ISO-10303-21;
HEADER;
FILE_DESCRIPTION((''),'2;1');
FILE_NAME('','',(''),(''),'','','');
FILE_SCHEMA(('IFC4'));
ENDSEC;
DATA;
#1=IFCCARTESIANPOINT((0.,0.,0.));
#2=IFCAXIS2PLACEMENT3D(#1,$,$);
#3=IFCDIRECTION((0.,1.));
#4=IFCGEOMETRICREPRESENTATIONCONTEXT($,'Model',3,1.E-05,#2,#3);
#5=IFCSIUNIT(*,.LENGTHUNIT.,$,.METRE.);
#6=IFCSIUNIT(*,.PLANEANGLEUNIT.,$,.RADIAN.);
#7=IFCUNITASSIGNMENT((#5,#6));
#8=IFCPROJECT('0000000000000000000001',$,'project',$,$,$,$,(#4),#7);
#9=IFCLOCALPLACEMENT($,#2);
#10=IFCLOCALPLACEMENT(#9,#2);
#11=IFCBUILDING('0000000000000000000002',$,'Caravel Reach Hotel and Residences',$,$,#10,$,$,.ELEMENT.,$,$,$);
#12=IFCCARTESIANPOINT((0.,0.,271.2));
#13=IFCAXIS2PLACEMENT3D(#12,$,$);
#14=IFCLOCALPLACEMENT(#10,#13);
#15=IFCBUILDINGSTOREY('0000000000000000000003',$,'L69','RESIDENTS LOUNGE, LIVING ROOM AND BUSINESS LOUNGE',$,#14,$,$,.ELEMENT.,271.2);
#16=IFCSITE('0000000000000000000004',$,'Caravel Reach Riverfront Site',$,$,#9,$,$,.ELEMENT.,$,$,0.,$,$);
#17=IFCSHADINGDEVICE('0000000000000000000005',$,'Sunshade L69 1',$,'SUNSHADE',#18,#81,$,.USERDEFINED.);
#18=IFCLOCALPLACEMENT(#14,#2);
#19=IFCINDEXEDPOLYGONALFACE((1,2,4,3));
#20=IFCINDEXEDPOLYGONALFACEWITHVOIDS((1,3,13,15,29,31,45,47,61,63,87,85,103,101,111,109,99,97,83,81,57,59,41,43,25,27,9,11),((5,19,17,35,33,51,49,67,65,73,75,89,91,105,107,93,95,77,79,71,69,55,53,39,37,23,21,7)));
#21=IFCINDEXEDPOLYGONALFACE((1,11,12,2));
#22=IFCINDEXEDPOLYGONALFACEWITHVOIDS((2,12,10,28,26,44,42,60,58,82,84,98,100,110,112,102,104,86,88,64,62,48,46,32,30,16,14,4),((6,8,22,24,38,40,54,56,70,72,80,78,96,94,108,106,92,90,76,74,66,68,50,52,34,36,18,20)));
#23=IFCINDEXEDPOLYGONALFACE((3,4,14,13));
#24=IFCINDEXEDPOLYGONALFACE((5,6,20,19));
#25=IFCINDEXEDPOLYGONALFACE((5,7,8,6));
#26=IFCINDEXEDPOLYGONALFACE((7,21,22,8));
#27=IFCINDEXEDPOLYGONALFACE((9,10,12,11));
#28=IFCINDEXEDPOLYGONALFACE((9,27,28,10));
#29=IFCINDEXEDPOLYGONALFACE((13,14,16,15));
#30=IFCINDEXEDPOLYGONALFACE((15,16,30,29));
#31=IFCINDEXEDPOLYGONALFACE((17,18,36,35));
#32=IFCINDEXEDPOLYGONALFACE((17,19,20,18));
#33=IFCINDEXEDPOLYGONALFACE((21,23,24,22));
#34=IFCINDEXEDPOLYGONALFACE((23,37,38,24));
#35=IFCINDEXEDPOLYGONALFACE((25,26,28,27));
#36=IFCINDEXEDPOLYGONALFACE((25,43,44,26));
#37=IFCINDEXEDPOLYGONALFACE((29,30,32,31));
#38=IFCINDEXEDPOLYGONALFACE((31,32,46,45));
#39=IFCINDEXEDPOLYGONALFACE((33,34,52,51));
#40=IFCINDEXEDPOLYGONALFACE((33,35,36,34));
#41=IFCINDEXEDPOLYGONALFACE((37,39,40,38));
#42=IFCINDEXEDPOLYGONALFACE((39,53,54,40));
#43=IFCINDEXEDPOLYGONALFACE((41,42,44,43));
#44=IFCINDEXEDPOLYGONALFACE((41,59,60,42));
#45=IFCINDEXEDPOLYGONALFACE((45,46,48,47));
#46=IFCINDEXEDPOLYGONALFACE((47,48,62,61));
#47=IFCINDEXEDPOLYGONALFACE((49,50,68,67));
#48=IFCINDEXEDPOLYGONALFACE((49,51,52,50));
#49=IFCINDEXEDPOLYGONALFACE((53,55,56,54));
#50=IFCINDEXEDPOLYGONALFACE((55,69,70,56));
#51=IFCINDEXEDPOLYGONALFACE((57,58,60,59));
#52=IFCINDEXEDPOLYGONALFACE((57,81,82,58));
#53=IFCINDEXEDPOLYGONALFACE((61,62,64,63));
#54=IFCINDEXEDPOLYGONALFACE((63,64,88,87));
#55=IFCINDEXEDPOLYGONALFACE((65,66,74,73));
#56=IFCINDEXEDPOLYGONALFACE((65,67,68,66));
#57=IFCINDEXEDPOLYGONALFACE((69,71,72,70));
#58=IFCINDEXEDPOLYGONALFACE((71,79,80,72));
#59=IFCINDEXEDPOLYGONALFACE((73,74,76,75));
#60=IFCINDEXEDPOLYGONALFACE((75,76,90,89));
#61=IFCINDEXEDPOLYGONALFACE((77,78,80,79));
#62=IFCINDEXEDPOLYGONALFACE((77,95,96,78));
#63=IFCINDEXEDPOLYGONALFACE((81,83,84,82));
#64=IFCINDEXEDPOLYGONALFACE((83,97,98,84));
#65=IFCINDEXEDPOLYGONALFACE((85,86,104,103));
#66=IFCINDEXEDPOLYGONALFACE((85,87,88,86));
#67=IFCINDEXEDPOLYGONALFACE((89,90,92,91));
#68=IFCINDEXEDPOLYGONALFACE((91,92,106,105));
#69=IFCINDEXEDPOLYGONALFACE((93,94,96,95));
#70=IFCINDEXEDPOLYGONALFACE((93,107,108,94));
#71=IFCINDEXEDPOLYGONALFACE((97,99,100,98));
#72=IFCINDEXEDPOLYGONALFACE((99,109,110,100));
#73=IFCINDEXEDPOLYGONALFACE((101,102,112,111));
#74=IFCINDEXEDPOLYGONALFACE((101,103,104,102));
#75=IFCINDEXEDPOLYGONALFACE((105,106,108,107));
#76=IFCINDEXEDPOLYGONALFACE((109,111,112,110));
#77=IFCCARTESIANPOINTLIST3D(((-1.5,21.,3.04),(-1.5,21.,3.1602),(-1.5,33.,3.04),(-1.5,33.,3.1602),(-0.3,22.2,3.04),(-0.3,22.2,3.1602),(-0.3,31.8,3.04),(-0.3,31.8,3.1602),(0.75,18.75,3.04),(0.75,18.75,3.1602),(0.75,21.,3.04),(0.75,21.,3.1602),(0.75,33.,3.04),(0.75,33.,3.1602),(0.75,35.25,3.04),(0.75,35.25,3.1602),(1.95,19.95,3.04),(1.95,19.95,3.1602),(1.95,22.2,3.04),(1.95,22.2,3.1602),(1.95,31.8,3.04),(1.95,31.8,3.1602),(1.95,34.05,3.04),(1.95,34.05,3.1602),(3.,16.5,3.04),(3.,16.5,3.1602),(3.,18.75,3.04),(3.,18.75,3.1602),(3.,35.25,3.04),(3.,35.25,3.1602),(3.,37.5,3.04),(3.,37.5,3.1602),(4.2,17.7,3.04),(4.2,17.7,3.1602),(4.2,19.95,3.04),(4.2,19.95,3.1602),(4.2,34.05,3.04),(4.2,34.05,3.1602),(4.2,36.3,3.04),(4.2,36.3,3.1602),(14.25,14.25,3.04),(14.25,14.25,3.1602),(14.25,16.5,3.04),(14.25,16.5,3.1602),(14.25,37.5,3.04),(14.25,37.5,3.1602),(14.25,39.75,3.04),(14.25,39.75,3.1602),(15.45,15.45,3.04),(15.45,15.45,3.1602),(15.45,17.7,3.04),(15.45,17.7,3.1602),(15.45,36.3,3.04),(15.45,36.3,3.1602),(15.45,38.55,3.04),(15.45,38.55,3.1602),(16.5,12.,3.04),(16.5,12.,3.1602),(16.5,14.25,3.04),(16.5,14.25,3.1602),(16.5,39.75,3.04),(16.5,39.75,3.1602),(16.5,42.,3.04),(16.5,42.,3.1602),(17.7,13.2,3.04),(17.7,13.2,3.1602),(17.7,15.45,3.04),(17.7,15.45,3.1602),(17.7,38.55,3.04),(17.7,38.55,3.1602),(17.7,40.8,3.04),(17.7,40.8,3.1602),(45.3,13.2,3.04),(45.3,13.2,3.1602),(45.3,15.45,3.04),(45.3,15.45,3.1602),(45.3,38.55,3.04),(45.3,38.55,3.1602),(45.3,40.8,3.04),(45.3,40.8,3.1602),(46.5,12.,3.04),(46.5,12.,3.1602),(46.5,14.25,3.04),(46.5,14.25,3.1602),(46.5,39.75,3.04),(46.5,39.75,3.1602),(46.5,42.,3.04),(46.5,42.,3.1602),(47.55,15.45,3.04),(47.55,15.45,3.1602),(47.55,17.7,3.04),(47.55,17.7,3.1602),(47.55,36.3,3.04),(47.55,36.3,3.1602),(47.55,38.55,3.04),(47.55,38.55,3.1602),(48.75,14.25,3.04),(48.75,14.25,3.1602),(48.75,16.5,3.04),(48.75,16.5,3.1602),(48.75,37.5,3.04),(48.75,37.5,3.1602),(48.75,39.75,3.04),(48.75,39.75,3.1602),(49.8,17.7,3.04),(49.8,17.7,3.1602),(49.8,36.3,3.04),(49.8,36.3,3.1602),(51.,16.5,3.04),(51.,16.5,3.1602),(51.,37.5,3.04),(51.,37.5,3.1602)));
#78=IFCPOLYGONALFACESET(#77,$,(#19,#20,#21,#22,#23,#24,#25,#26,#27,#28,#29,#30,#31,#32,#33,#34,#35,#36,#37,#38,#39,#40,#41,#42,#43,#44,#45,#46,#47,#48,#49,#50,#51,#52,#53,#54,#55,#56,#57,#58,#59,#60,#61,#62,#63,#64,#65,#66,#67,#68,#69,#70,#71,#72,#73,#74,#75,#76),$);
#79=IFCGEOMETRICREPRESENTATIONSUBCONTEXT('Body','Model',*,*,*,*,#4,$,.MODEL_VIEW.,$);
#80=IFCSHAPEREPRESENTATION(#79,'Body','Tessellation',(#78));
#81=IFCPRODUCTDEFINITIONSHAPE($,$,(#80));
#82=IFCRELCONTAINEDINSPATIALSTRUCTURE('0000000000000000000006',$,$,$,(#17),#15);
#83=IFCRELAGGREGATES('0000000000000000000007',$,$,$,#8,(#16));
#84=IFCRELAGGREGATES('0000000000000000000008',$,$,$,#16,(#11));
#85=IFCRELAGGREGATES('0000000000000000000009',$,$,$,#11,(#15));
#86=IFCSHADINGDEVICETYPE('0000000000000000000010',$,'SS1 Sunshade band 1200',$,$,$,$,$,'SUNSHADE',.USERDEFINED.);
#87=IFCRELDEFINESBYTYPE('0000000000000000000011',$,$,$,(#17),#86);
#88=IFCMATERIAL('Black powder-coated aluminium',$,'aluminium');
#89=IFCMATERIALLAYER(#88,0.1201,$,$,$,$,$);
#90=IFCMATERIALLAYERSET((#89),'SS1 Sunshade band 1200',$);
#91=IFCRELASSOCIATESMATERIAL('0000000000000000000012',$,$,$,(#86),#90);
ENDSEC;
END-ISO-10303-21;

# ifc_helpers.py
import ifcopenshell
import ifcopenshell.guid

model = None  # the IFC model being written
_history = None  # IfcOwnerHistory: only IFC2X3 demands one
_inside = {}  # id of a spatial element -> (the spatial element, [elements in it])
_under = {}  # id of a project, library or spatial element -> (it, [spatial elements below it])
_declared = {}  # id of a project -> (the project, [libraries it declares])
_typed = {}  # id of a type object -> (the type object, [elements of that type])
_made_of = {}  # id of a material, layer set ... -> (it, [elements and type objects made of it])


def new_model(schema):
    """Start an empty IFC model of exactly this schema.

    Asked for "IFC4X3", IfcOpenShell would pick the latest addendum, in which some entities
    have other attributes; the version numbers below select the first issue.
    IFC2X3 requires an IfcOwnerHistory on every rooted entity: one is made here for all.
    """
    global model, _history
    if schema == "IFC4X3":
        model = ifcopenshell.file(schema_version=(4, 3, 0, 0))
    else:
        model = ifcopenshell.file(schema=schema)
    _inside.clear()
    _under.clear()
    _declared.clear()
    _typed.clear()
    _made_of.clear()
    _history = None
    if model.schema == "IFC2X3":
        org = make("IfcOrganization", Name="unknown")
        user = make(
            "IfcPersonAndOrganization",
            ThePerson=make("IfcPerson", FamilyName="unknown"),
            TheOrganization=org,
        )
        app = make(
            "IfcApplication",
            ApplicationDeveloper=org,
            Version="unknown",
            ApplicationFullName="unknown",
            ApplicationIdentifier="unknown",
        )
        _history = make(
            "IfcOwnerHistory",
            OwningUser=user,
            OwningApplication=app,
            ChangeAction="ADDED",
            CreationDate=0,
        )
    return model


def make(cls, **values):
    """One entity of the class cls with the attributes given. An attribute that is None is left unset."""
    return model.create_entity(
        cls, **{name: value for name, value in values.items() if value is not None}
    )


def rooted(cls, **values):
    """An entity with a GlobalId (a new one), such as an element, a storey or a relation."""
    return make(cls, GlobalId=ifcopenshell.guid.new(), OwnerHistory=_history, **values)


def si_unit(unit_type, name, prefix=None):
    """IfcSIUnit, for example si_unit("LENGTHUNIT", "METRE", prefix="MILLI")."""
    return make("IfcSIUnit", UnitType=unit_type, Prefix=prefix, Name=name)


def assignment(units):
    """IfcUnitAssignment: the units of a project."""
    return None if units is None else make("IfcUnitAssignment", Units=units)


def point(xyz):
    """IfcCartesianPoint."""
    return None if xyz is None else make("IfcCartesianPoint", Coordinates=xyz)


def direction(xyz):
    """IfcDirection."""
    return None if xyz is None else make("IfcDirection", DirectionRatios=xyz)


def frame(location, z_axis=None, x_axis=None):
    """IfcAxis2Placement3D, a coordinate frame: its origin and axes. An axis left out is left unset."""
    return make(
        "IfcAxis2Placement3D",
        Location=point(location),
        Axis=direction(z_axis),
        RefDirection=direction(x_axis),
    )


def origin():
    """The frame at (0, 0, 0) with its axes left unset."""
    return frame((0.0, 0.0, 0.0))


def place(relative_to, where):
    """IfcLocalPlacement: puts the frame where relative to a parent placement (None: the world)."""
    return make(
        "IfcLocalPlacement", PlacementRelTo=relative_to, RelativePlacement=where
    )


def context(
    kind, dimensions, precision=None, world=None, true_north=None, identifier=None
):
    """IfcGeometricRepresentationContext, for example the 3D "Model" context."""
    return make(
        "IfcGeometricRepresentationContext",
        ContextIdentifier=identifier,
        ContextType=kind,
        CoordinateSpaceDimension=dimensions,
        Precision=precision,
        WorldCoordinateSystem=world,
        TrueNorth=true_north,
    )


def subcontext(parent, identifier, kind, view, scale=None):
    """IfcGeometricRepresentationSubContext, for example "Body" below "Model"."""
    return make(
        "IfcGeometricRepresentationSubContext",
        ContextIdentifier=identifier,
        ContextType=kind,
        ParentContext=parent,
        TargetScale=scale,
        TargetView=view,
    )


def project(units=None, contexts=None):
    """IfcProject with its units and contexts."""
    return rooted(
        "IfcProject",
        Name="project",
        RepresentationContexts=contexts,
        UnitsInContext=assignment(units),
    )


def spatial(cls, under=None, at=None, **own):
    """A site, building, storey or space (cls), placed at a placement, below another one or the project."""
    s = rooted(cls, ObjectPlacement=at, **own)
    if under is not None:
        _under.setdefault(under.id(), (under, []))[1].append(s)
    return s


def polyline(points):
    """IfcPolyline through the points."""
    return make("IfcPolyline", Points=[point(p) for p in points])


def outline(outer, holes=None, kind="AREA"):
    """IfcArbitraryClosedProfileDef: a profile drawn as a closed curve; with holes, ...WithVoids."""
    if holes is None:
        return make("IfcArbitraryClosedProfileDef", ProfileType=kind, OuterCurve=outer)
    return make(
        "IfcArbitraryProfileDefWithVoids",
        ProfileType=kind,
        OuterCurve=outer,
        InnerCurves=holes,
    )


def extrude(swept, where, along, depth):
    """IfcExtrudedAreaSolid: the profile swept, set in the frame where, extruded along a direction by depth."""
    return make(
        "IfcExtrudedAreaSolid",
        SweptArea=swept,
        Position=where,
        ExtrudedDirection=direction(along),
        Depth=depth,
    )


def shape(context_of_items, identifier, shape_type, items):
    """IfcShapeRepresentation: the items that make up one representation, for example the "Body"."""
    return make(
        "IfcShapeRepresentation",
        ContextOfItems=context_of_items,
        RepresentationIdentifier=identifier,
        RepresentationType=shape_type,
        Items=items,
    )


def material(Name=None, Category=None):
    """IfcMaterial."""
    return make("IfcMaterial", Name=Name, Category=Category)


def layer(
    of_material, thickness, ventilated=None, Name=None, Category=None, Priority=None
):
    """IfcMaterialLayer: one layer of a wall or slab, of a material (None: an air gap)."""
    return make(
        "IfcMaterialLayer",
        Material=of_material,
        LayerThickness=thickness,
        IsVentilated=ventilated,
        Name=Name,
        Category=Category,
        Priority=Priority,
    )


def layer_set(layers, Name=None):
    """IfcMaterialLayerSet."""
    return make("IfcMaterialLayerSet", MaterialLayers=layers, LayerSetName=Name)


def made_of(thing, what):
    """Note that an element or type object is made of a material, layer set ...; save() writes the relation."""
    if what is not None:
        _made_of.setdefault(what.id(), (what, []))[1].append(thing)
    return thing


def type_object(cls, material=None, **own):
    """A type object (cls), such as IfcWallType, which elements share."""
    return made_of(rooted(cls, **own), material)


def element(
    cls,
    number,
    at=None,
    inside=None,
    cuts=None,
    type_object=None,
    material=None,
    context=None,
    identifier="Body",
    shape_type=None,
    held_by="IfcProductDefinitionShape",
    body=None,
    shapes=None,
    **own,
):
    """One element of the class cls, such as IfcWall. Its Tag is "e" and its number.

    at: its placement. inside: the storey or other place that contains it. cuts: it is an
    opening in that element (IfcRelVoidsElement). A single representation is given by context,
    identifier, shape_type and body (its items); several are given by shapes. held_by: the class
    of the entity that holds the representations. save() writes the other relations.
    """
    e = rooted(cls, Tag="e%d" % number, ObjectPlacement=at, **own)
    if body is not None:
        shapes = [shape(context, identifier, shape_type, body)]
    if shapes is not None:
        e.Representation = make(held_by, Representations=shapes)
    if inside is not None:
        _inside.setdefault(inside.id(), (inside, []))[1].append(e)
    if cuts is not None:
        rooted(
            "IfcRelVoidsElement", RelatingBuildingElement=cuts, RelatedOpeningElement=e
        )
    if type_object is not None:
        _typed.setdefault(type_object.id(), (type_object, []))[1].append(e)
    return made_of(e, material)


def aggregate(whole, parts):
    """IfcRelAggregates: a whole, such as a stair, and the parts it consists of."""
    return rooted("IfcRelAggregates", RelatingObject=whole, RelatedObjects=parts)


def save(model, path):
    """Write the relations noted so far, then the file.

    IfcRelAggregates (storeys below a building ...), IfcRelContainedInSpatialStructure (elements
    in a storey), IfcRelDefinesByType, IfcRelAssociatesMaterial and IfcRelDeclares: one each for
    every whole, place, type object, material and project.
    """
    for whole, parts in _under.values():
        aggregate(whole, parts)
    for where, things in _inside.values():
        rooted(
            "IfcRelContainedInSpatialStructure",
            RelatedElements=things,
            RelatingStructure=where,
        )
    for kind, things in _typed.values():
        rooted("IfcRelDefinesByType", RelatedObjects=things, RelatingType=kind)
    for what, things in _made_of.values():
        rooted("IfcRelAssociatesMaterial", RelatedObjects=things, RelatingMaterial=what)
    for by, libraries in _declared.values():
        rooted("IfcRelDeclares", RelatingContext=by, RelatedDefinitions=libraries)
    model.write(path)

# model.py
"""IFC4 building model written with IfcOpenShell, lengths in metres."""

from ifc_helpers import new_model, si_unit, direction, frame, origin, place, context, subcontext, project, spatial, polyline, outline, extrude, material, layer, layer_set, type_object, element, save


model = new_model("IFC4")

# Units and contexts
model_context = context("Model", 3, precision=1e-05, world=origin(), true_north=direction((0.0, 1.0)))
body_context = subcontext(model_context, "Body", "Model", "MODEL_VIEW")
ifc_project = project(units=[si_unit("LENGTHUNIT", "METRE"), si_unit("PLANEANGLEUNIT", "RADIAN")], contexts=[model_context])

# Site, building, storey
site_placement = place(None, origin())
site = spatial("IfcSite", under=ifc_project, at=site_placement, Name="Caravel Reach Riverfront Site", CompositionType="ELEMENT", RefElevation=0.0)
building_placement = place(site_placement, origin())
building = spatial("IfcBuilding", under=site, at=building_placement, Name="Caravel Reach Hotel and Residences", CompositionType="ELEMENT")
storey_placement = place(building_placement, frame((0.0, 0.0, 271.2)))
storey = spatial("IfcBuildingStorey", under=building, at=storey_placement, Name="L69", Description="RESIDENTS LOUNGE, LIVING ROOM AND BUSINESS LOUNGE", CompositionType="ELEMENT", Elevation=271.2)

# Shading device
ifc_material_1 = material(Name="Black powder-coated aluminium", Category="aluminium")
ifc_layer_1 = layer(ifc_material_1, 0.1201)
ifc_layer_set_1 = layer_set([ifc_layer_1], Name="SS1 Sunshade band 1200")
shading_device_type = type_object("IfcShadingDeviceType", Name="SS1 Sunshade band 1200", ElementType="SUNSHADE", PredefinedType="USERDEFINED", material=ifc_layer_set_1)
shading_device_placement = place(storey_placement, frame((0.0, 0.0, 3.04)))
element("IfcShadingDevice", 1, at=shading_device_placement, inside=storey, type_object=shading_device_type, Name="Sunshade L69 1", ObjectType="SUNSHADE", PredefinedType="USERDEFINED", context=body_context, shape_type="SweptSolid", body=[
    extrude(outline(polyline([(3.0, 16.5), (14.25, 16.5), (14.25, 14.25), (16.5, 14.25), (16.5, 12.0), (46.5, 12.0), (46.5, 14.25), (48.75, 14.25), (48.75, 16.5), (51.0, 16.5), (51.0, 37.5), (48.75, 37.5), (48.75, 39.75), (46.5, 39.75), (46.5, 42.0), (16.5, 42.0), (16.5, 39.75), (14.25, 39.75), (14.25, 37.5), (3.0, 37.5), (3.0, 35.25), (0.75, 35.25), (0.75, 33.0), (-1.5, 33.0), (-1.5, 21.0), (0.75, 21.0), (0.75, 18.75), (3.0, 18.75), (3.0, 16.5)]), holes=[polyline([(15.45, 15.45), (15.45, 17.7), (4.2, 17.7), (4.2, 19.95), (1.95, 19.95), (1.95, 22.2), (-0.3, 22.2), (-0.3, 31.8), (1.95, 31.8), (1.95, 34.05), (4.2, 34.05), (4.2, 36.3), (15.45, 36.3), (15.45, 38.55), (17.7, 38.55), (17.7, 40.8), (45.3, 40.8), (45.3, 38.55), (47.55, 38.55), (47.55, 36.3), (49.8, 36.3), (49.8, 17.7), (47.55, 17.7), (47.55, 15.45), (45.3, 15.45), (45.3, 13.2), (17.7, 13.2), (17.7, 15.45), (15.45, 15.45)])]), origin(), (0.0, 0.0, 1.0), 0.1201),
])

save(model, "model.ifc")
